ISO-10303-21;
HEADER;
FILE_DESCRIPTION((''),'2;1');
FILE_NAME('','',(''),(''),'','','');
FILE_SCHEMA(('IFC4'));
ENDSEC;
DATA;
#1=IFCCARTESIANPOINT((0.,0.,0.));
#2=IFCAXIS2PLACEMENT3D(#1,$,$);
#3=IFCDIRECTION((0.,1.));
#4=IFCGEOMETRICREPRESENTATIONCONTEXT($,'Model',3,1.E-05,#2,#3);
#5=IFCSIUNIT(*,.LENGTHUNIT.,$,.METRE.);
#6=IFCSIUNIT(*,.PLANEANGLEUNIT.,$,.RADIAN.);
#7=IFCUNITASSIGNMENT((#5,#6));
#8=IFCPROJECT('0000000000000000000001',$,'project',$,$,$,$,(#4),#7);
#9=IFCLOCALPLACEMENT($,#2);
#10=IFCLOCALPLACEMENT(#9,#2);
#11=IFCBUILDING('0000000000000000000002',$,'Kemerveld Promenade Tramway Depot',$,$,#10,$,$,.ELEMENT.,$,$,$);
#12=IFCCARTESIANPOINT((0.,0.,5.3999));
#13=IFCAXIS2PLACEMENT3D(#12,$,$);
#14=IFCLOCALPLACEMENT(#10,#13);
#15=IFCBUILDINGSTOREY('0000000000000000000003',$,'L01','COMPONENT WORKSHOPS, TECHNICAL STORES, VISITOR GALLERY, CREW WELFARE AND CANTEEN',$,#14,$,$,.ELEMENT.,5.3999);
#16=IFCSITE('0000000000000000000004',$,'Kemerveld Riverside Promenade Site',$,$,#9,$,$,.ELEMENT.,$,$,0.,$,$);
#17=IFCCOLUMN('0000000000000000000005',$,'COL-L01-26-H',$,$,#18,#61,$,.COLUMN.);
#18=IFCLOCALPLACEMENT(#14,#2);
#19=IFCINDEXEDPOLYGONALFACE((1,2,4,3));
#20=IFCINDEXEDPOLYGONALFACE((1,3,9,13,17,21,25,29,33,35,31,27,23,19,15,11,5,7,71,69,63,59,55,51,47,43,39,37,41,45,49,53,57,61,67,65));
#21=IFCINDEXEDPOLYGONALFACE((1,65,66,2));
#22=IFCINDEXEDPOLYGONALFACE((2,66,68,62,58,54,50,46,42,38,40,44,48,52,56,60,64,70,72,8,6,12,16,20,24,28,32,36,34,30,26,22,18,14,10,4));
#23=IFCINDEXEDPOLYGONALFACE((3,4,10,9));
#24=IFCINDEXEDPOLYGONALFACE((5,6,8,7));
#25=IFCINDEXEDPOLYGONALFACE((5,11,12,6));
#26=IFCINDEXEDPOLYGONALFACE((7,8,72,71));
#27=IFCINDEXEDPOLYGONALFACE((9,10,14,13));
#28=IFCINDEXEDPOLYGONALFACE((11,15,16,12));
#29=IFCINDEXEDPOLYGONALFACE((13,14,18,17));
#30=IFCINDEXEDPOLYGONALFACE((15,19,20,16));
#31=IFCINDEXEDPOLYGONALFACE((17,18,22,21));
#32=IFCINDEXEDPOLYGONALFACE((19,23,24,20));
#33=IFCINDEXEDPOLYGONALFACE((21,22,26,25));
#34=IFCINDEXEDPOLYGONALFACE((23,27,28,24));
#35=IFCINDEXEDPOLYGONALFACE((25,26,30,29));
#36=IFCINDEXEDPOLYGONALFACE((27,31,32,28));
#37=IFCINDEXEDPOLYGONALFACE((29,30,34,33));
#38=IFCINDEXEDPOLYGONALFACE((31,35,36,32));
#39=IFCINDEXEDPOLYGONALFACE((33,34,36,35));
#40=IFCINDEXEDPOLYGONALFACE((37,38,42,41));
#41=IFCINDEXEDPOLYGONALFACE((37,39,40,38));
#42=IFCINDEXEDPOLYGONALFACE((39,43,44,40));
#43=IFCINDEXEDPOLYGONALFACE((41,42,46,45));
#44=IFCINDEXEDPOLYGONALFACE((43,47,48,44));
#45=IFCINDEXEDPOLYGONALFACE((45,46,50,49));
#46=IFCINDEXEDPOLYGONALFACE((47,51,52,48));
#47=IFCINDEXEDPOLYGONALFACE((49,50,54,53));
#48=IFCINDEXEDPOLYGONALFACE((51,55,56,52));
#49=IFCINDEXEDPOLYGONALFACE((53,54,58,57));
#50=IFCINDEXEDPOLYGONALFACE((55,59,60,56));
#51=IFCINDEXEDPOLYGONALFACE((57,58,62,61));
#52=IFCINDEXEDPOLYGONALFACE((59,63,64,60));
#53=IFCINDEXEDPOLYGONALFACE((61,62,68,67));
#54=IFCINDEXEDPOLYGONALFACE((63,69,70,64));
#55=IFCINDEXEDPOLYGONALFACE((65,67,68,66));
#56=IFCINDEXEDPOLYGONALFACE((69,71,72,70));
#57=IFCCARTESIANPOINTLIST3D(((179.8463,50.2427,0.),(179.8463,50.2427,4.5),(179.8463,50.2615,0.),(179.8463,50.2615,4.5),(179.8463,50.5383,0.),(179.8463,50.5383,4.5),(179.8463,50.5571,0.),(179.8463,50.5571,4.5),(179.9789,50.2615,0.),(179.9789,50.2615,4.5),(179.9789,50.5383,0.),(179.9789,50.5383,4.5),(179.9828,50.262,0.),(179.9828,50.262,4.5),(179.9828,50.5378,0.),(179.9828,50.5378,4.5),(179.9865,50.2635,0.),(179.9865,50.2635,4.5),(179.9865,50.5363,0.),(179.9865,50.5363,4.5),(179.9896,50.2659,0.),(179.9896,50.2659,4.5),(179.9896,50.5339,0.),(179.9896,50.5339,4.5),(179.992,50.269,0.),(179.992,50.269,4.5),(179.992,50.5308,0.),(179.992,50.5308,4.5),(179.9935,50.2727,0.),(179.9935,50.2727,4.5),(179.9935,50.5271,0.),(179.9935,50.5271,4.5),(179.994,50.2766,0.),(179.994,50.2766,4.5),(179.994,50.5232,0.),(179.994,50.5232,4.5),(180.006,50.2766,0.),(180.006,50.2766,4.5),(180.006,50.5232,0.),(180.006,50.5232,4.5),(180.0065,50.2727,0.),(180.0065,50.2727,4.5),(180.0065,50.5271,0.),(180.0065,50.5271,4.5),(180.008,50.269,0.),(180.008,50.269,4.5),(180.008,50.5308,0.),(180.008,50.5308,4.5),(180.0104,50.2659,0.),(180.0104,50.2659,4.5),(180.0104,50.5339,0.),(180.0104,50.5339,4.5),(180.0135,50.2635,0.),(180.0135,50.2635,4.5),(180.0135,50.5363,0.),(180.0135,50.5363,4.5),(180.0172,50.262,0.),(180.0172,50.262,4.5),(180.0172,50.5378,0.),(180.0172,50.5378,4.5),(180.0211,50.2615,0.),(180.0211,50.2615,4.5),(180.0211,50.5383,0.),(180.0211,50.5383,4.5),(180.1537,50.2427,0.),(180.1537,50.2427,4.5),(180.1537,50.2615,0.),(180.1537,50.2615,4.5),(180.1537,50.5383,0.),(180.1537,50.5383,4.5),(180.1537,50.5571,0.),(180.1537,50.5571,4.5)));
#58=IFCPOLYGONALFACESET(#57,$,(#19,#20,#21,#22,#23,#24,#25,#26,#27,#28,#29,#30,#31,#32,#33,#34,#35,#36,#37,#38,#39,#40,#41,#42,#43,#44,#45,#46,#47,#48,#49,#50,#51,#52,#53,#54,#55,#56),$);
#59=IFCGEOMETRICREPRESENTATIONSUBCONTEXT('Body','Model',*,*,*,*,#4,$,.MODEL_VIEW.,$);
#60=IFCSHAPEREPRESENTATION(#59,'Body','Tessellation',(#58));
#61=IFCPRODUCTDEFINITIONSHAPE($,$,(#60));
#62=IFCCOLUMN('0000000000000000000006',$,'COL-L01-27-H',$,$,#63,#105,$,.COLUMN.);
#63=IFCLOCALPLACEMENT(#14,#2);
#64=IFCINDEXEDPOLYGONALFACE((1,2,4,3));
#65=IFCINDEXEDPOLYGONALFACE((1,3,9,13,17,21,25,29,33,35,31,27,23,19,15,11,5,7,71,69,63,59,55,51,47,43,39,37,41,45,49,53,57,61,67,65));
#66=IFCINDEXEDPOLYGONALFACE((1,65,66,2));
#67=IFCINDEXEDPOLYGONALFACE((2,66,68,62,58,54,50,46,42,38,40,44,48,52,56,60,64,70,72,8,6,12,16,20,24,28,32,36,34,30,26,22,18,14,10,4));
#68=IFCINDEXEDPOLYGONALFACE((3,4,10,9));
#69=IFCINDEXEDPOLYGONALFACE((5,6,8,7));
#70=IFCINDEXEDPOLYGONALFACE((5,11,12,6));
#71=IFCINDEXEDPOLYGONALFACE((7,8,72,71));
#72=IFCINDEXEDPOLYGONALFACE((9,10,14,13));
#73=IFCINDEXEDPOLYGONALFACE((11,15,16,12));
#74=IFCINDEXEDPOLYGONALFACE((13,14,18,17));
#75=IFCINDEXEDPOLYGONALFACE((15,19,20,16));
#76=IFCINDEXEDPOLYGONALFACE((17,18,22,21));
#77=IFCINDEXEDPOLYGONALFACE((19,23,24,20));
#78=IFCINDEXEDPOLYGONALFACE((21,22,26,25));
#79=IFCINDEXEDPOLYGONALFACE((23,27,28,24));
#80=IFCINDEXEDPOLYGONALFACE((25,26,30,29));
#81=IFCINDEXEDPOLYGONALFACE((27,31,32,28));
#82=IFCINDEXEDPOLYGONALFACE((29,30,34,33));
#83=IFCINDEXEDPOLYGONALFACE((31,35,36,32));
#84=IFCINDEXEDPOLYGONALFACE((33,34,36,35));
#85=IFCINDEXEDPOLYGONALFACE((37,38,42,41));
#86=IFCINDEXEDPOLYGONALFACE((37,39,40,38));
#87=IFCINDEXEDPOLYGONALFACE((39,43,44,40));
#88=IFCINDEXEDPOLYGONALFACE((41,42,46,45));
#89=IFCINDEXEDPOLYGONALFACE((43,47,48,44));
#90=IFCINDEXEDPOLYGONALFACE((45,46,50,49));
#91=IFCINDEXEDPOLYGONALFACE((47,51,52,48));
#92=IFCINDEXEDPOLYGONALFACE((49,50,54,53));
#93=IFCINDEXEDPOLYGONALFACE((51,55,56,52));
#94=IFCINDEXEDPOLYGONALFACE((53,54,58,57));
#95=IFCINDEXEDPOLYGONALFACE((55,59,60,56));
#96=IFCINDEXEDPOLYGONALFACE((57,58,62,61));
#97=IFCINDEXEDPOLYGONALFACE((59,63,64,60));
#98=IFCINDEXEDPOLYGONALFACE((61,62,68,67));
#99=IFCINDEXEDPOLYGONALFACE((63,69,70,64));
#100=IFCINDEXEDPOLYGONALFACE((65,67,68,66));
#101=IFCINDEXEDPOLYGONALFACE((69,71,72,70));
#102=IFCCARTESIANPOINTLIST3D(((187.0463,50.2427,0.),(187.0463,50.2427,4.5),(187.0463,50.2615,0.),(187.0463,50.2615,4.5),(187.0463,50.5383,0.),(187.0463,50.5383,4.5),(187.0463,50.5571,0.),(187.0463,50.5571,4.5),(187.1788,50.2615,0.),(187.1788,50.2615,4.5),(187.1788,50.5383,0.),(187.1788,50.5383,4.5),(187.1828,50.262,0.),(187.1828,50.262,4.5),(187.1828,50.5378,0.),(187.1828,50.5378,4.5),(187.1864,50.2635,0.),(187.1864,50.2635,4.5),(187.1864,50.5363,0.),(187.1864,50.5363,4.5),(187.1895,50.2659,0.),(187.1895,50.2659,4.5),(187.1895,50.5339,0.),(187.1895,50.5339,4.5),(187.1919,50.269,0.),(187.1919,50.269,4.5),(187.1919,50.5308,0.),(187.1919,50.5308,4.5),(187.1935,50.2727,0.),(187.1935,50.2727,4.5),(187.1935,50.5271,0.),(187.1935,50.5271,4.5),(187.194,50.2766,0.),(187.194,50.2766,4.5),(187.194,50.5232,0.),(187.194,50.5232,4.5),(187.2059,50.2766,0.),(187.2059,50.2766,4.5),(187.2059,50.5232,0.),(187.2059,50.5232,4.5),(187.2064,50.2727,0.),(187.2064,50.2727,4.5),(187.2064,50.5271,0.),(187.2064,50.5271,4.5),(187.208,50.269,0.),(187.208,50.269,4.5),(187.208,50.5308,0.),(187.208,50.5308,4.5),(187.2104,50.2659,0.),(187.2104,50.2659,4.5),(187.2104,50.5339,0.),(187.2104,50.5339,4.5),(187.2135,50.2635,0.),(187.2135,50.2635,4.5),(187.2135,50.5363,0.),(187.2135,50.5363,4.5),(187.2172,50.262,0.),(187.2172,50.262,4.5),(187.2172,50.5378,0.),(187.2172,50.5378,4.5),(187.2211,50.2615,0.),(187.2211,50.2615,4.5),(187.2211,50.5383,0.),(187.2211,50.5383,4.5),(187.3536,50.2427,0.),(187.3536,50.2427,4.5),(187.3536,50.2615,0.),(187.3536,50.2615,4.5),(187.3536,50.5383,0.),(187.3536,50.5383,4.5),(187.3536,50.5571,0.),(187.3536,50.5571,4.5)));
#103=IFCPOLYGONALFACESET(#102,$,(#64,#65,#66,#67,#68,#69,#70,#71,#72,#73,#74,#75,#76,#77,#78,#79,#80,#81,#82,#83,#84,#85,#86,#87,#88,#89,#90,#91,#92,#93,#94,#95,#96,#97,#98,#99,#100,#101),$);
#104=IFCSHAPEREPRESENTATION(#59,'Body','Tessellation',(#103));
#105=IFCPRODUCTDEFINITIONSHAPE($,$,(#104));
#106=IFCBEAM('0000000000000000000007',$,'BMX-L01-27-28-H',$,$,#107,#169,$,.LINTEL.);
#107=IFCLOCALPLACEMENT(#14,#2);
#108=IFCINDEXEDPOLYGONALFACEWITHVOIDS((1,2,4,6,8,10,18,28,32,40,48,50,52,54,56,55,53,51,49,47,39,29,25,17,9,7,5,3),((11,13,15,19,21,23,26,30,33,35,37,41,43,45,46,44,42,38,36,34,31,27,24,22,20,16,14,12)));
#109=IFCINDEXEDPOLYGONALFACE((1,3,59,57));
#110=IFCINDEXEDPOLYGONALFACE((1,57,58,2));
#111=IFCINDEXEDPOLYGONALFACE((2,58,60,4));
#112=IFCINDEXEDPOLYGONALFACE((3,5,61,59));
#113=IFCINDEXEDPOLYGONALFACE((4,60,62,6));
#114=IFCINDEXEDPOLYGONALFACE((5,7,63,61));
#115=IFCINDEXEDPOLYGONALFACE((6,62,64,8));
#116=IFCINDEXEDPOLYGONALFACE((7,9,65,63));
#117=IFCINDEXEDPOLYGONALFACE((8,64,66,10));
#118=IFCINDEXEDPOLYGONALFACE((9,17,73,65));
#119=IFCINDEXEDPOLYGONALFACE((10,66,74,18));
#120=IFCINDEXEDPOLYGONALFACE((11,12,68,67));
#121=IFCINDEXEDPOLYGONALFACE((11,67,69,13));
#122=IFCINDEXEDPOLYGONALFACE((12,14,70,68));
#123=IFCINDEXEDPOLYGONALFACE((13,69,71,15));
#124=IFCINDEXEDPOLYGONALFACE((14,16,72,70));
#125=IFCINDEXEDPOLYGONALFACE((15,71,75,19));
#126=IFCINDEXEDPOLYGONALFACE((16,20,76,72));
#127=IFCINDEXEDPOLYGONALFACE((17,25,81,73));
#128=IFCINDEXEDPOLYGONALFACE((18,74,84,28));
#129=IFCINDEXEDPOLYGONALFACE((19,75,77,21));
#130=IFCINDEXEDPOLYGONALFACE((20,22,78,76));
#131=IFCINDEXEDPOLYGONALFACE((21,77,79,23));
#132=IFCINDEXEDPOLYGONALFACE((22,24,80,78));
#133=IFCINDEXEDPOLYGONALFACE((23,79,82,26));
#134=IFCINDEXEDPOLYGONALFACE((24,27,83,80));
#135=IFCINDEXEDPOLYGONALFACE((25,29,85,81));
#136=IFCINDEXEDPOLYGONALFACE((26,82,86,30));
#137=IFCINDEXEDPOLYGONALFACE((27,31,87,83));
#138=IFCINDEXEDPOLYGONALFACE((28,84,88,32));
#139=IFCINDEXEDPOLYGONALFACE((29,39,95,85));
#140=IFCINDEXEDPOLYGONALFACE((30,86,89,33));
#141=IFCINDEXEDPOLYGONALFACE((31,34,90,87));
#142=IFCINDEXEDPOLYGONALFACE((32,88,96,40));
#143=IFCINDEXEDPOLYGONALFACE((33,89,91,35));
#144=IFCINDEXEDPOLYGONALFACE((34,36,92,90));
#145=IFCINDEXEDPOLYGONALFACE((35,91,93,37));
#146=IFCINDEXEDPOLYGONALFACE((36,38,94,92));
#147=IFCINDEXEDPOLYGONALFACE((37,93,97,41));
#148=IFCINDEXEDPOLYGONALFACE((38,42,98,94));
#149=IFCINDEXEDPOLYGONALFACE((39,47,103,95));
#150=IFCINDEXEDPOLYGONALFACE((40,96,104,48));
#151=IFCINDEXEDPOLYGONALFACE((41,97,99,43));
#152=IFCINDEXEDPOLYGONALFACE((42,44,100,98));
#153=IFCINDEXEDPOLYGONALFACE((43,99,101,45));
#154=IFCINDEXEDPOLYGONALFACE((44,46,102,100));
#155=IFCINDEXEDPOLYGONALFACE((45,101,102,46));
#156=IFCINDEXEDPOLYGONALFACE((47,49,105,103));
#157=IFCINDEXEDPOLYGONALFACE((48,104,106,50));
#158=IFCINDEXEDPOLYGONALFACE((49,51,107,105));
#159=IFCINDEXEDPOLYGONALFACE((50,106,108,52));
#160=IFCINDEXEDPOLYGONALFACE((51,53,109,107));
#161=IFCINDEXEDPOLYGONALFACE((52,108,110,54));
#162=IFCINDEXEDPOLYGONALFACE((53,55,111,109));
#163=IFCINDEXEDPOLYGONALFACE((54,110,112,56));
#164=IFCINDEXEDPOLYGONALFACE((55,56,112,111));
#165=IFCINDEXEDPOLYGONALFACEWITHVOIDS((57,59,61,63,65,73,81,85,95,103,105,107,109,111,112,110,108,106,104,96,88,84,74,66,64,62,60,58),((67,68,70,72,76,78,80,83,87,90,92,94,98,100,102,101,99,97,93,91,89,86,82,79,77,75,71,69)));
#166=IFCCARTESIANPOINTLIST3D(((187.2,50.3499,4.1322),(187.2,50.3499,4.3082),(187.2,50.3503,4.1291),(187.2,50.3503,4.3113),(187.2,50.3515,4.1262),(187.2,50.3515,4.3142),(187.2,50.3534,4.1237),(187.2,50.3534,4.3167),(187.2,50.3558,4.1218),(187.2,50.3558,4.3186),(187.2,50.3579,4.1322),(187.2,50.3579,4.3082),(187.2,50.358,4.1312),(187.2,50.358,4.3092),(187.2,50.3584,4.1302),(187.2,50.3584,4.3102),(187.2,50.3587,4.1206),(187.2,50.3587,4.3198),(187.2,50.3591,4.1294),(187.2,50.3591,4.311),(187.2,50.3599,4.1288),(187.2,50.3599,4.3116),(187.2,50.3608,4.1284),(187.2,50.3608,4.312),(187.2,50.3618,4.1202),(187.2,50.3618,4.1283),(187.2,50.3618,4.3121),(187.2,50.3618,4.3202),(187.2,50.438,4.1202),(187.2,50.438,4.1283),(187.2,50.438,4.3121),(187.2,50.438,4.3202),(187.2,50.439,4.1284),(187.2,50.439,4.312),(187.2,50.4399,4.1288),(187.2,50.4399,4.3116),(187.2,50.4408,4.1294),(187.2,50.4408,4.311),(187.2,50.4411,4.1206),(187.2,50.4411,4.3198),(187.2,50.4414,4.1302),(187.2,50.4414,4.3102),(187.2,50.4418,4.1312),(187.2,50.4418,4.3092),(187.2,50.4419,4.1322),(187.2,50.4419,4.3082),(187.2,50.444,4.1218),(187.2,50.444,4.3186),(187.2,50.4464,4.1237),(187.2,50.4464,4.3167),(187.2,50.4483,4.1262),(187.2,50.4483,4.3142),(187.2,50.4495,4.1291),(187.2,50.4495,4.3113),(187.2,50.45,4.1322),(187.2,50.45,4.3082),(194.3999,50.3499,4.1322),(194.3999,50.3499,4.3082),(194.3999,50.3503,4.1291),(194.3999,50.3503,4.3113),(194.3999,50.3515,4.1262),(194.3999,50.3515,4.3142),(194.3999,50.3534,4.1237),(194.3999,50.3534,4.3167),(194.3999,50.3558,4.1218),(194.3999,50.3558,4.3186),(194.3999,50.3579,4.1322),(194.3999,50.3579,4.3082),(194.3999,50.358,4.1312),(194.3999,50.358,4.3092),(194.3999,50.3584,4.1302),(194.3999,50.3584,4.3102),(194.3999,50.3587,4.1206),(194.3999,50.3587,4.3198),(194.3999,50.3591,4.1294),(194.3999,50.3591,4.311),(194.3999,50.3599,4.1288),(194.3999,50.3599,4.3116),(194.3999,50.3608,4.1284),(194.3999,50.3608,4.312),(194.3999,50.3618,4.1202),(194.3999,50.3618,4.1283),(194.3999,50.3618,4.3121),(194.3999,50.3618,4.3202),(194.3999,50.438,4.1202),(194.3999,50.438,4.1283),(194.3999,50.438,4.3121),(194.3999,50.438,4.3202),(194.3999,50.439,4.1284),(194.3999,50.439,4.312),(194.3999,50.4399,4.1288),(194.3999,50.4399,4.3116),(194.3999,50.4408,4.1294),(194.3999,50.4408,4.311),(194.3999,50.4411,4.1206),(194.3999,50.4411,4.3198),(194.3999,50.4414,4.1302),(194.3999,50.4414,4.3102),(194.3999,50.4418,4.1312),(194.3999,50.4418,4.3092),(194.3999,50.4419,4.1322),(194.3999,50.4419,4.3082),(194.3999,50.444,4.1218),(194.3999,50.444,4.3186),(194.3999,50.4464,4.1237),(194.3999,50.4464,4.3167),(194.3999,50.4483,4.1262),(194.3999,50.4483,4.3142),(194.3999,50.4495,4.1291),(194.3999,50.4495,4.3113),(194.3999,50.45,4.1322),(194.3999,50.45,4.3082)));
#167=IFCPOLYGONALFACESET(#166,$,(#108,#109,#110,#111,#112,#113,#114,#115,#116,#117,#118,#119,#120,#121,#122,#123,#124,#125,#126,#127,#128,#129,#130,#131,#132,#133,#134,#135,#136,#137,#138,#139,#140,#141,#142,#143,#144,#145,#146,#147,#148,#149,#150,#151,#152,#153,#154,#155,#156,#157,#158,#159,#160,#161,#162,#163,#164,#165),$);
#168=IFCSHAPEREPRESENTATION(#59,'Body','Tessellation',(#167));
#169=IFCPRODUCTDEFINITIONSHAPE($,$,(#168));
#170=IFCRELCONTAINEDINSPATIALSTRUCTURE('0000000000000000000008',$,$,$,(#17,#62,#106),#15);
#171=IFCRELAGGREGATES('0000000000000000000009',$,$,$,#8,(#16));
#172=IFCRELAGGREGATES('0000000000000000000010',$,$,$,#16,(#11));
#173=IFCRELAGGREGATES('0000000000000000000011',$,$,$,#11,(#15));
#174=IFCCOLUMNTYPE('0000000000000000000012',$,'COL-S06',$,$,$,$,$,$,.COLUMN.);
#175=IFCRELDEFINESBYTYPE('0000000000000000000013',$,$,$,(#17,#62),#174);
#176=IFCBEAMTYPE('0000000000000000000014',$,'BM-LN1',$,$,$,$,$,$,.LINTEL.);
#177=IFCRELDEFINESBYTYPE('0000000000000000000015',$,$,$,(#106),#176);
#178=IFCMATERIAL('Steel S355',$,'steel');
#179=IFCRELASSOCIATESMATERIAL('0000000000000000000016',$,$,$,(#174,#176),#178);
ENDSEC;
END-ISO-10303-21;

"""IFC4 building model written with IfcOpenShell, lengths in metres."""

from ifc_helpers import new_model, si_unit, direction, frame, origin, origin_2d, place, context, subcontext, project, spatial, hollow_rectangle, i_section, extrude, material, material_profile, profile_set, type_object, element, save


model = new_model("IFC4")

# Units and contexts
model_context = context("Model", 3, precision=1e-05, world=origin(), true_north=direction((0.0, 1.0)))
body_context = subcontext(model_context, "Body", "Model", "MODEL_VIEW")
ifc_project = project(units=[si_unit("LENGTHUNIT", "METRE"), si_unit("PLANEANGLEUNIT", "RADIAN")], contexts=[model_context])

# Site, building, storey
site_placement = place(None, origin())
site = spatial("IfcSite", under=ifc_project, at=site_placement, Name="Kemerveld Riverside Promenade Site", CompositionType="ELEMENT", RefElevation=0.0)
building_placement = place(site_placement, origin())
building = spatial("IfcBuilding", under=site, at=building_placement, Name="Kemerveld Promenade Tramway Depot", CompositionType="ELEMENT")
storey_placement = place(building_placement, frame((0.0, 0.0, 5.3999)))
storey = spatial("IfcBuildingStorey", under=building, at=storey_placement, Name="L01", Description="COMPONENT WORKSHOPS, TECHNICAL STORES, VISITOR GALLERY, CREW WELFARE AND CANTEEN", CompositionType="ELEMENT", Elevation=5.3999)

# Columns
ifc_material_1 = material(Name="Steel S355", Category="steel")
ifc_material_profile_1 = material_profile(ifc_material_1, i_section(OverallWidth=0.3074, OverallDepth=0.3145, WebThickness=0.012, FlangeThickness=0.0188, FilletRadius=0.0151, at=origin_2d()), Name="305x305x118 UC")
ifc_profile_set_1 = profile_set([ifc_material_profile_1], Name="Steel S355")
column_type = type_object("IfcColumnType", Name="COL-S06", PredefinedType="COLUMN", material=ifc_profile_set_1)
for number, where, z_axis, x_axis, name in (
    (1, (180.0, 50.3999, 0.0), (0.0, 0.0, 1.0), (1.0, 0.0, 0.0), "COL-L01-26-H"),
    (2, (187.2, 50.3999, 0.0), (0.0, 0.0, 1.0), (1.0, 0.0, 0.0), "COL-L01-27-H"),
):
    element("IfcColumn", number, at=place(storey_placement, frame(where, z_axis=z_axis, x_axis=x_axis)), inside=storey, type_object=column_type, Name=name, PredefinedType="COLUMN", context=body_context, shape_type="SweptSolid", body=[
        extrude(i_section(OverallWidth=0.3074, OverallDepth=0.3145, WebThickness=0.012, FlangeThickness=0.0188, FilletRadius=0.0151, at=origin_2d()), origin(), (0.0, 0.0, 1.0), 4.5),
    ])

# Beam
ifc_material_profile_2 = material_profile(ifc_material_1, hollow_rectangle(XDim=0.1001, YDim=0.2, WallThickness=0.0081, InnerFilletRadius=0.0039, OuterFilletRadius=0.012, at=origin_2d()), Name="200x100x8.0 RHS")
ifc_profile_set_2 = profile_set([ifc_material_profile_2], Name="Steel S355")
beam_type = type_object("IfcBeamType", Name="BM-LN1", PredefinedType="LINTEL", material=ifc_profile_set_2)
beam_placement = place(storey_placement, frame((187.2, 50.3999, 4.2202), z_axis=(1.0, 0.0, 0.0), x_axis=(0.0, 1.0, 0.0)))
element("IfcBeam", 3, at=beam_placement, inside=storey, type_object=beam_type, Name="BMX-L01-27-28-H", PredefinedType="LINTEL", context=body_context, shape_type="SweptSolid", body=[
    extrude(hollow_rectangle(XDim=0.1001, YDim=0.2, WallThickness=0.0081, InnerFilletRadius=0.0039, OuterFilletRadius=0.012, at=origin_2d()), origin(), (0.0, 0.0, 1.0), 7.2),
])

save(model, "model.ifc")
